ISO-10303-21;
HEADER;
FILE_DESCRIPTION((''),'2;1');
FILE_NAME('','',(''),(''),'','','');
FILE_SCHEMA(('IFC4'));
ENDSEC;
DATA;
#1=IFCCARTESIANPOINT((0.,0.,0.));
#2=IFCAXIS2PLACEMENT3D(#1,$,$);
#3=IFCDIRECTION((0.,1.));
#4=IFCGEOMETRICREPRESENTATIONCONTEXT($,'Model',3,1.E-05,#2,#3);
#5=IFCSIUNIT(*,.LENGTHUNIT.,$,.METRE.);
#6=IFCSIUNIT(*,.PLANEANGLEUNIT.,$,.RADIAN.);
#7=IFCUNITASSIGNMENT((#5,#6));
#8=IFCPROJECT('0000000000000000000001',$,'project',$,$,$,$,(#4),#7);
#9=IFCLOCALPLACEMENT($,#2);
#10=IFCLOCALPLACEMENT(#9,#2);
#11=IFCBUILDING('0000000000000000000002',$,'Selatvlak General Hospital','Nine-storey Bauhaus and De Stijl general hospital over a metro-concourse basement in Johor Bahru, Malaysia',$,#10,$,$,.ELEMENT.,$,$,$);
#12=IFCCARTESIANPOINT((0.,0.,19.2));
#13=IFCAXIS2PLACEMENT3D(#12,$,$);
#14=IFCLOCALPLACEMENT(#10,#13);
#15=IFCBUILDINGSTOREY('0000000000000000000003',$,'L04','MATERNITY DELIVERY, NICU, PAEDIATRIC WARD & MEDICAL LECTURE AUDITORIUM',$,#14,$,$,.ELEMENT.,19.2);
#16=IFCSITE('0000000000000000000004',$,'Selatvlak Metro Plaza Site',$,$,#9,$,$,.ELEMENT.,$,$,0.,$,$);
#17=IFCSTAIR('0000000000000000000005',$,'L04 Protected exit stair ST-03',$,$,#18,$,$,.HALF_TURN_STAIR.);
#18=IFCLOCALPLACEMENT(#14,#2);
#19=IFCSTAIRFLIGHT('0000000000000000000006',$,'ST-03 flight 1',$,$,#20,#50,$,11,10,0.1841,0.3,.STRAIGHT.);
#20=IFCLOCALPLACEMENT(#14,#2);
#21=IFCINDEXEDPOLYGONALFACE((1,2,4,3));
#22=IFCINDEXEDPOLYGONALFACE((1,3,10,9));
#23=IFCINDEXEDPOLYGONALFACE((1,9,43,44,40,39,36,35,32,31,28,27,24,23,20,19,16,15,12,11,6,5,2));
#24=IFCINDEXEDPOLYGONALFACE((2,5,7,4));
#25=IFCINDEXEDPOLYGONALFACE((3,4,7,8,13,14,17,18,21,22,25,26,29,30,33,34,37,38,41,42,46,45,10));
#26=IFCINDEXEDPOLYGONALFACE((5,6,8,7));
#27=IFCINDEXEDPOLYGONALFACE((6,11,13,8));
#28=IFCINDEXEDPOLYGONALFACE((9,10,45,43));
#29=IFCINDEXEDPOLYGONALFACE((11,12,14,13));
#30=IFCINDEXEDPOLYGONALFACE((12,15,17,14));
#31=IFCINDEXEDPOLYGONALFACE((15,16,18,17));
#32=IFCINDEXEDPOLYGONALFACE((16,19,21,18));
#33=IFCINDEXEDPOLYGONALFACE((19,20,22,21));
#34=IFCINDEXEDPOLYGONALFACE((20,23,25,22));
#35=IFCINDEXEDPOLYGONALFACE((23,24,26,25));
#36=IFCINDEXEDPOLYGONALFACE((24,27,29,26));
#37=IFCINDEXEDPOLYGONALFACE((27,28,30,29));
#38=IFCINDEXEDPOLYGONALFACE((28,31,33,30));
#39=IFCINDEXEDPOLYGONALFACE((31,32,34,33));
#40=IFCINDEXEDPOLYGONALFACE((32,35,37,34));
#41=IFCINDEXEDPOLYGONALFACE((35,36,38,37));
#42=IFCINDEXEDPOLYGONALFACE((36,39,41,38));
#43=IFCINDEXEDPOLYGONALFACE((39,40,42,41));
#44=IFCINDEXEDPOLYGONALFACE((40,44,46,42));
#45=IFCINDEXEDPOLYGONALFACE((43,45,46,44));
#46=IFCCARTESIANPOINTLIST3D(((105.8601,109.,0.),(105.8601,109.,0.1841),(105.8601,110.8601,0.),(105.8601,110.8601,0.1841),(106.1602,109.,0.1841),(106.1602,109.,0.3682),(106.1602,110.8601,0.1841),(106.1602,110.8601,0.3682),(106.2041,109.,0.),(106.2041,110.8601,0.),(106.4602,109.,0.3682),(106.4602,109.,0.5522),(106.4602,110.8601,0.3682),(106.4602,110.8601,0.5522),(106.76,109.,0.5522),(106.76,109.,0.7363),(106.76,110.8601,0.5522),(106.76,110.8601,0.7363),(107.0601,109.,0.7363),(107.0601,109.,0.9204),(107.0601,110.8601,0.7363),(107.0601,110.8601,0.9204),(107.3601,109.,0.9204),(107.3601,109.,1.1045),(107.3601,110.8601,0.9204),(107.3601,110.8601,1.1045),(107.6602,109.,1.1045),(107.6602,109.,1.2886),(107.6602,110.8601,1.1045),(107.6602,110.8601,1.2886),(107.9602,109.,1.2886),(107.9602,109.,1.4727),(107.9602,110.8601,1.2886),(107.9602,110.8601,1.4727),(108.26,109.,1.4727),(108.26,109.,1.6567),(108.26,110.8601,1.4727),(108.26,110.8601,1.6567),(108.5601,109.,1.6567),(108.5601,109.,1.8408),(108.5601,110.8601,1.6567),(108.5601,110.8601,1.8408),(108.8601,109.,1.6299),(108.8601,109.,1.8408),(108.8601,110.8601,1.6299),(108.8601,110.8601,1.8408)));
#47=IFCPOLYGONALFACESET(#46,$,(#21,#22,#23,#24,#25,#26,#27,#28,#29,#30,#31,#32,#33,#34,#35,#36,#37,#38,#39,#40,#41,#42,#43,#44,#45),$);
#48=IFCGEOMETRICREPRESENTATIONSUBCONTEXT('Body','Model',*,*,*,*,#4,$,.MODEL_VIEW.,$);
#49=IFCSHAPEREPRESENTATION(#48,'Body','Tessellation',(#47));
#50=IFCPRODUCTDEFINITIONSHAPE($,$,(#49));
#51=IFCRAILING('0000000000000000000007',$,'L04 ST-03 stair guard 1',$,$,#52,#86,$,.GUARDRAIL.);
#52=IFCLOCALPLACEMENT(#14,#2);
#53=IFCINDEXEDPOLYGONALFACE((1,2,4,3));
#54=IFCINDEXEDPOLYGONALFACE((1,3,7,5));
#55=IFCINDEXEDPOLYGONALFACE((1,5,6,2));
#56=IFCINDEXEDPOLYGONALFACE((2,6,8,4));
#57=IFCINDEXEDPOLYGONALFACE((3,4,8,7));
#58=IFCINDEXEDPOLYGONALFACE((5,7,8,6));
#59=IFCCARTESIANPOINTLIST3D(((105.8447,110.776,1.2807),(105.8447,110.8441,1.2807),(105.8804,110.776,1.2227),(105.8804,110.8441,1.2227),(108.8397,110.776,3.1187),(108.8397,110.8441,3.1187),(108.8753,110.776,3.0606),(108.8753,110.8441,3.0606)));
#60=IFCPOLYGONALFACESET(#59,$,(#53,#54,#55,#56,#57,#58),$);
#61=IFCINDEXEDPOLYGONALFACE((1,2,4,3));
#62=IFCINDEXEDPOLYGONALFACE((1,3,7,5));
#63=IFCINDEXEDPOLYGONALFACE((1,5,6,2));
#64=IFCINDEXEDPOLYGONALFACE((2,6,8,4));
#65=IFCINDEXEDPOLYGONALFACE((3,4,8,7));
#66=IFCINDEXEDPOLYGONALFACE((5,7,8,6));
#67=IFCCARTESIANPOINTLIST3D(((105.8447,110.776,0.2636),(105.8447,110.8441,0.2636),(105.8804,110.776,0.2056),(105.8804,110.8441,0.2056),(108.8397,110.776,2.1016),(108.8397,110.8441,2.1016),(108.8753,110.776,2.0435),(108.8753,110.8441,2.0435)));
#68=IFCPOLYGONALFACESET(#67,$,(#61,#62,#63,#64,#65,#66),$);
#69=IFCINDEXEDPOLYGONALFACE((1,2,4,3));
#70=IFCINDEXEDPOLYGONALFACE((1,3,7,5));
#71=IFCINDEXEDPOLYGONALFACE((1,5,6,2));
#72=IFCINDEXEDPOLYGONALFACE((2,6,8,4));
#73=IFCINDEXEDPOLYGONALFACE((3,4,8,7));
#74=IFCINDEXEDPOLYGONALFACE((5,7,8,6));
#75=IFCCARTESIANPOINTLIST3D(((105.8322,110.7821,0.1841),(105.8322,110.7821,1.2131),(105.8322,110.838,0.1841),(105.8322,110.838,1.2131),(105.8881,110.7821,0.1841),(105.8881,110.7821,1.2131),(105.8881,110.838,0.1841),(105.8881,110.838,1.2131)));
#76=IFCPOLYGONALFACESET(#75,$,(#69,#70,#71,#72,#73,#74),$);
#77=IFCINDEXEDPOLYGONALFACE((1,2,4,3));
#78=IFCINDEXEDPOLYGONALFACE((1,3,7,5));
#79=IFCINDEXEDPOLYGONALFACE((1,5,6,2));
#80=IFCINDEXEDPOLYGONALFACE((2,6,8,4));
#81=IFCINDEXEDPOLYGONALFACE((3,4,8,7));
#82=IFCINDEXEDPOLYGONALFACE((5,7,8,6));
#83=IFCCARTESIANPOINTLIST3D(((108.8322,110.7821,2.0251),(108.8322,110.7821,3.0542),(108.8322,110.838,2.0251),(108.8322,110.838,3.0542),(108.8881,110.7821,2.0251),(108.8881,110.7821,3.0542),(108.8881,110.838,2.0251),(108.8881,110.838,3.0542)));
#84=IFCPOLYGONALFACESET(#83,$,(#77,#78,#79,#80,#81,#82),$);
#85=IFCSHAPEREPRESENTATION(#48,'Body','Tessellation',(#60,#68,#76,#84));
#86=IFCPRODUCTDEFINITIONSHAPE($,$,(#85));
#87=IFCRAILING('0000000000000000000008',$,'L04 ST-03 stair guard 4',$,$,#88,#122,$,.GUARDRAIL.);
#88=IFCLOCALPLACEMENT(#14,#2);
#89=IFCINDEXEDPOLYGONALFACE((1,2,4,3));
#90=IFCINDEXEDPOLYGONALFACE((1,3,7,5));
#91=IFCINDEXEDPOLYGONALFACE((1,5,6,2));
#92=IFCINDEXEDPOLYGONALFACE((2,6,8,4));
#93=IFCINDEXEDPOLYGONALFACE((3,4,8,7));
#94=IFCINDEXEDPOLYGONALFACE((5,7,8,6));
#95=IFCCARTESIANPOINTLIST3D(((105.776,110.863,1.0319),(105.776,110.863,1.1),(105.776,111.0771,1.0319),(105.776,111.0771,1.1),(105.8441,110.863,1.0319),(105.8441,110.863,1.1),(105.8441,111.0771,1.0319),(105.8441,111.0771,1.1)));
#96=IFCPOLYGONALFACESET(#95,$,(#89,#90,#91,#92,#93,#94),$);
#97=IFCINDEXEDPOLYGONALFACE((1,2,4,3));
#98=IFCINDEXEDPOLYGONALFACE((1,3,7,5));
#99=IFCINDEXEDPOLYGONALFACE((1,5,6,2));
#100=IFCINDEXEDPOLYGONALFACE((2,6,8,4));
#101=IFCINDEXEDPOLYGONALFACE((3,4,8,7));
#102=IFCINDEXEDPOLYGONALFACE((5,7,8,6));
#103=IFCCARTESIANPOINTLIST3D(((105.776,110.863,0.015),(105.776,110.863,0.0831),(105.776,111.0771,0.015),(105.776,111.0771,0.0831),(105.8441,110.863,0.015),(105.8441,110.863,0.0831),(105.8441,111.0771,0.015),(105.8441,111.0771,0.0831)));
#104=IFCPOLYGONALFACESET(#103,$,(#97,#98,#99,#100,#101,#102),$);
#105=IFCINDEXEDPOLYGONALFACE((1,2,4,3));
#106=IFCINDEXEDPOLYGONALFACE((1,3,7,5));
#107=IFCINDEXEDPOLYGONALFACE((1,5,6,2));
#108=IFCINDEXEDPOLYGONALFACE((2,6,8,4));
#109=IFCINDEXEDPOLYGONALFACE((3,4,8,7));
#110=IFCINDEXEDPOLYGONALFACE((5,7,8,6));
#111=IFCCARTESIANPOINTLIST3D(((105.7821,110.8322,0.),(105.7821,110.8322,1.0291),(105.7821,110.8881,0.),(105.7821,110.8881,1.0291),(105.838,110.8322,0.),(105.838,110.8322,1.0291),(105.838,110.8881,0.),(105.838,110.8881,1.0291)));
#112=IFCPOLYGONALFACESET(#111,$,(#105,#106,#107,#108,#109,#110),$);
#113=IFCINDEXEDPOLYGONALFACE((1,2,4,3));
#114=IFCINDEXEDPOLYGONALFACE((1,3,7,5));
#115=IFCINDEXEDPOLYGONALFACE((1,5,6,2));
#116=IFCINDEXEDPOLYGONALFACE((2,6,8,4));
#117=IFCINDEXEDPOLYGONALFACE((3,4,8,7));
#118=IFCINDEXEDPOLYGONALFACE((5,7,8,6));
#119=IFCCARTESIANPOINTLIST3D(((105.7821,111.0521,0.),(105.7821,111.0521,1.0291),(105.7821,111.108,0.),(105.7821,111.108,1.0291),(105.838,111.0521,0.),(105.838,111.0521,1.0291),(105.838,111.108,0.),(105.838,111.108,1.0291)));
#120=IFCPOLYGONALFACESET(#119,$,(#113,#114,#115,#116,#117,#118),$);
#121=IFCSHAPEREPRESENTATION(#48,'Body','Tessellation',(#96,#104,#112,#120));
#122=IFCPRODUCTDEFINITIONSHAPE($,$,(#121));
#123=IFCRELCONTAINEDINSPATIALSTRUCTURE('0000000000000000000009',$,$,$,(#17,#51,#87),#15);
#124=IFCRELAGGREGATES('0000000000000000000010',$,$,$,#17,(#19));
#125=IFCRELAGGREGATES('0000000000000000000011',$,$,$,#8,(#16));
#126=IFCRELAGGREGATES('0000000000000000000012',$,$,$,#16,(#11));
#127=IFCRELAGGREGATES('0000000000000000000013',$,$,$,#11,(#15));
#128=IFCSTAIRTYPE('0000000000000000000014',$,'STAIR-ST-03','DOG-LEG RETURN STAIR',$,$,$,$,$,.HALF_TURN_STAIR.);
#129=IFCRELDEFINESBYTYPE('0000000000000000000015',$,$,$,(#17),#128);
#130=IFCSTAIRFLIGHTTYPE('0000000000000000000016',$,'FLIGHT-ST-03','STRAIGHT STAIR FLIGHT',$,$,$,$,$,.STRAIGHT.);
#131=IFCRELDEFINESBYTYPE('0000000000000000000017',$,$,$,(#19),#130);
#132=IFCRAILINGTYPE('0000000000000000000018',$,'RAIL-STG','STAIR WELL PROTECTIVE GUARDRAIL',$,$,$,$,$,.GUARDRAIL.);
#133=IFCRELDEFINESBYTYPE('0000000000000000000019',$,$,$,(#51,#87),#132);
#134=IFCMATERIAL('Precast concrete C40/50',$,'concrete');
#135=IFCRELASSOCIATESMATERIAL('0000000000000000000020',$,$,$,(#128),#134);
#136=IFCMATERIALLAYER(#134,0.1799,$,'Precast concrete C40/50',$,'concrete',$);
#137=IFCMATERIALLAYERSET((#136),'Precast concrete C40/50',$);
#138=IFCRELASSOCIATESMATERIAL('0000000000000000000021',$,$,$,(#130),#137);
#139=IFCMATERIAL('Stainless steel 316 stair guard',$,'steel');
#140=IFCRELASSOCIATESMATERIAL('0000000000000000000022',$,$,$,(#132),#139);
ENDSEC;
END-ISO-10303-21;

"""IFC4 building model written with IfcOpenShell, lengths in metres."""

from ifc_helpers import new_model, si_unit, direction, frame, origin, origin_2d, place, context, subcontext, project, spatial, polyline, rectangle, outline, extrude, material, layer, layer_set, type_object, element, aggregate, save


model = new_model("IFC4")

# Units and contexts
model_context = context("Model", 3, precision=1e-05, world=origin(), true_north=direction((0.0, 1.0)))
body_context = subcontext(model_context, "Body", "Model", "MODEL_VIEW")
ifc_project = project(units=[si_unit("LENGTHUNIT", "METRE"), si_unit("PLANEANGLEUNIT", "RADIAN")], contexts=[model_context])

# Site, building, storey
site_placement = place(None, origin())
site = spatial("IfcSite", under=ifc_project, at=site_placement, Name="Selatvlak Metro Plaza Site", CompositionType="ELEMENT", RefElevation=0.0)
building_placement = place(site_placement, origin())
building = spatial("IfcBuilding", under=site, at=building_placement, Name="Selatvlak General Hospital", Description="Nine-storey Bauhaus and De Stijl general hospital over a metro-concourse basement in Johor Bahru, Malaysia", CompositionType="ELEMENT")
storey_placement = place(building_placement, frame((0.0, 0.0, 19.2)))
storey = spatial("IfcBuildingStorey", under=building, at=storey_placement, Name="L04", Description="MATERNITY DELIVERY, NICU, PAEDIATRIC WARD & MEDICAL LECTURE AUDITORIUM", CompositionType="ELEMENT", Elevation=19.2)

# Stair, stair flight
ifc_material_1 = material(Name="Precast concrete C40/50", Category="concrete")
stair_type = type_object("IfcStairType", Name="STAIR-ST-03", Description="DOG-LEG RETURN STAIR", PredefinedType="HALF_TURN_STAIR", material=ifc_material_1)
stair_placement = place(storey_placement, origin())
stair = element("IfcStair", 1, at=stair_placement, inside=storey, type_object=stair_type, Name="L04 Protected exit stair ST-03", PredefinedType="HALF_TURN_STAIR")
ifc_layer_1 = layer(ifc_material_1, 0.1799, Name="Precast concrete C40/50", Category="concrete")
ifc_layer_set_1 = layer_set([ifc_layer_1], Name="Precast concrete C40/50")
stair_flight_type = type_object("IfcStairFlightType", Name="FLIGHT-ST-03", Description="STRAIGHT STAIR FLIGHT", PredefinedType="STRAIGHT", material=ifc_layer_set_1)
stair_flight_placement = place(storey_placement, frame((105.8601, 109.9299, 0.0), z_axis=(0.0, 0.0, 1.0), x_axis=(1.0, 0.0, 0.0)))
stair_flight = element("IfcStairFlight", 2, at=stair_flight_placement, type_object=stair_flight_type, Name="ST-03 flight 1", NumberOfRisers=11, NumberOfTreads=10, PredefinedType="STRAIGHT", RiserHeight=0.1841, TreadLength=0.3, context=body_context, shape_type="SweptSolid", body=[
    extrude(outline(polyline([(0.0, 0.0), (0.0, 0.1841), (0.3, 0.1841), (0.3, 0.3682), (0.6001, 0.3682), (0.6001, 0.5522), (0.8999, 0.5522), (0.8999, 0.7363), (1.2, 0.7363), (1.2, 0.9204), (1.5, 0.9204), (1.5, 1.1045), (1.8, 1.1045), (1.8, 1.2886), (2.1001, 1.2886), (2.1001, 1.4727), (2.3999, 1.4727), (2.3999, 1.6567), (2.7, 1.6567), (2.7, 1.8408), (3.0, 1.8408), (3.0, 2.0249), (3.0, 1.6299), (0.344, 0.0), (0.0, 0.0)])), frame((0.0, 0.9302, 0.0), z_axis=(0.0, -1.0, 0.0), x_axis=(1.0, 0.0, 0.0)), (0.0, 0.0, 1.0), 1.8601),
])
aggregate(stair, [stair_flight])

# Railings
ifc_material_2 = material(Name="Stainless steel 316 stair guard", Category="steel")
railing_type = type_object("IfcRailingType", Name="RAIL-STG", Description="STAIR WELL PROTECTIVE GUARDRAIL", PredefinedType="GUARDRAIL", material=ifc_material_2)
railing_1_placement = place(storey_placement, frame((105.8601, 110.8101, 0.1841)))
element("IfcRailing", 3, at=railing_1_placement, inside=storey, type_object=railing_type, Name="L04 ST-03 stair guard 1", PredefinedType="GUARDRAIL", context=body_context, shape_type="SweptSolid", body=[
    extrude(rectangle(XDim=0.0681, YDim=0.0681, at=origin_2d()), frame((0.0024, 0.0, 1.0676), z_axis=(0.852303, 0.0, 0.523048), x_axis=(0.0, 1.0, 0.0)), (0.0, 0.0, 1.0), 3.5139),
    extrude(rectangle(XDim=0.0681, YDim=0.0681, at=origin_2d()), frame((0.0024, 0.0, 0.0505), z_axis=(0.852303, 0.0, 0.523048), x_axis=(0.0, 1.0, 0.0)), (0.0, 0.0, 1.0), 3.5139),
    extrude(rectangle(XDim=0.0559, YDim=0.0559, at=origin_2d()), origin(), (0.0, 0.0, 1.0), 1.0291),
    extrude(rectangle(XDim=0.0559, YDim=0.0559, at=origin_2d()), frame((3.0, 0.0, 1.8411)), (0.0, 0.0, 1.0), 1.0291),
])
railing_2_placement = place(storey_placement, frame((105.8101, 110.8601, 0.0)))
element("IfcRailing", 4, at=railing_2_placement, inside=storey, type_object=railing_type, Name="L04 ST-03 stair guard 4", PredefinedType="GUARDRAIL", context=body_context, shape_type="SweptSolid", body=[
    extrude(rectangle(XDim=0.0681, YDim=0.0681, at=origin_2d()), frame((0.0, 0.0029, 1.0659), z_axis=(0.0, 1.0, 0.0), x_axis=(-1.0, 0.0, 0.0)), (0.0, 0.0, 1.0), 0.2141),
    extrude(rectangle(XDim=0.0681, YDim=0.0681, at=origin_2d()), frame((0.0, 0.0029, 0.0491), z_axis=(0.0, 1.0, 0.0), x_axis=(-1.0, 0.0, 0.0)), (0.0, 0.0, 1.0), 0.2141),
    extrude(rectangle(XDim=0.0559, YDim=0.0559, at=origin_2d()), origin(), (0.0, 0.0, 1.0), 1.0291),
    extrude(rectangle(XDim=0.0559, YDim=0.0559, at=origin_2d()), frame((0.0, 0.22, 0.0)), (0.0, 0.0, 1.0), 1.0291),
])

save(model, "model.ifc")
